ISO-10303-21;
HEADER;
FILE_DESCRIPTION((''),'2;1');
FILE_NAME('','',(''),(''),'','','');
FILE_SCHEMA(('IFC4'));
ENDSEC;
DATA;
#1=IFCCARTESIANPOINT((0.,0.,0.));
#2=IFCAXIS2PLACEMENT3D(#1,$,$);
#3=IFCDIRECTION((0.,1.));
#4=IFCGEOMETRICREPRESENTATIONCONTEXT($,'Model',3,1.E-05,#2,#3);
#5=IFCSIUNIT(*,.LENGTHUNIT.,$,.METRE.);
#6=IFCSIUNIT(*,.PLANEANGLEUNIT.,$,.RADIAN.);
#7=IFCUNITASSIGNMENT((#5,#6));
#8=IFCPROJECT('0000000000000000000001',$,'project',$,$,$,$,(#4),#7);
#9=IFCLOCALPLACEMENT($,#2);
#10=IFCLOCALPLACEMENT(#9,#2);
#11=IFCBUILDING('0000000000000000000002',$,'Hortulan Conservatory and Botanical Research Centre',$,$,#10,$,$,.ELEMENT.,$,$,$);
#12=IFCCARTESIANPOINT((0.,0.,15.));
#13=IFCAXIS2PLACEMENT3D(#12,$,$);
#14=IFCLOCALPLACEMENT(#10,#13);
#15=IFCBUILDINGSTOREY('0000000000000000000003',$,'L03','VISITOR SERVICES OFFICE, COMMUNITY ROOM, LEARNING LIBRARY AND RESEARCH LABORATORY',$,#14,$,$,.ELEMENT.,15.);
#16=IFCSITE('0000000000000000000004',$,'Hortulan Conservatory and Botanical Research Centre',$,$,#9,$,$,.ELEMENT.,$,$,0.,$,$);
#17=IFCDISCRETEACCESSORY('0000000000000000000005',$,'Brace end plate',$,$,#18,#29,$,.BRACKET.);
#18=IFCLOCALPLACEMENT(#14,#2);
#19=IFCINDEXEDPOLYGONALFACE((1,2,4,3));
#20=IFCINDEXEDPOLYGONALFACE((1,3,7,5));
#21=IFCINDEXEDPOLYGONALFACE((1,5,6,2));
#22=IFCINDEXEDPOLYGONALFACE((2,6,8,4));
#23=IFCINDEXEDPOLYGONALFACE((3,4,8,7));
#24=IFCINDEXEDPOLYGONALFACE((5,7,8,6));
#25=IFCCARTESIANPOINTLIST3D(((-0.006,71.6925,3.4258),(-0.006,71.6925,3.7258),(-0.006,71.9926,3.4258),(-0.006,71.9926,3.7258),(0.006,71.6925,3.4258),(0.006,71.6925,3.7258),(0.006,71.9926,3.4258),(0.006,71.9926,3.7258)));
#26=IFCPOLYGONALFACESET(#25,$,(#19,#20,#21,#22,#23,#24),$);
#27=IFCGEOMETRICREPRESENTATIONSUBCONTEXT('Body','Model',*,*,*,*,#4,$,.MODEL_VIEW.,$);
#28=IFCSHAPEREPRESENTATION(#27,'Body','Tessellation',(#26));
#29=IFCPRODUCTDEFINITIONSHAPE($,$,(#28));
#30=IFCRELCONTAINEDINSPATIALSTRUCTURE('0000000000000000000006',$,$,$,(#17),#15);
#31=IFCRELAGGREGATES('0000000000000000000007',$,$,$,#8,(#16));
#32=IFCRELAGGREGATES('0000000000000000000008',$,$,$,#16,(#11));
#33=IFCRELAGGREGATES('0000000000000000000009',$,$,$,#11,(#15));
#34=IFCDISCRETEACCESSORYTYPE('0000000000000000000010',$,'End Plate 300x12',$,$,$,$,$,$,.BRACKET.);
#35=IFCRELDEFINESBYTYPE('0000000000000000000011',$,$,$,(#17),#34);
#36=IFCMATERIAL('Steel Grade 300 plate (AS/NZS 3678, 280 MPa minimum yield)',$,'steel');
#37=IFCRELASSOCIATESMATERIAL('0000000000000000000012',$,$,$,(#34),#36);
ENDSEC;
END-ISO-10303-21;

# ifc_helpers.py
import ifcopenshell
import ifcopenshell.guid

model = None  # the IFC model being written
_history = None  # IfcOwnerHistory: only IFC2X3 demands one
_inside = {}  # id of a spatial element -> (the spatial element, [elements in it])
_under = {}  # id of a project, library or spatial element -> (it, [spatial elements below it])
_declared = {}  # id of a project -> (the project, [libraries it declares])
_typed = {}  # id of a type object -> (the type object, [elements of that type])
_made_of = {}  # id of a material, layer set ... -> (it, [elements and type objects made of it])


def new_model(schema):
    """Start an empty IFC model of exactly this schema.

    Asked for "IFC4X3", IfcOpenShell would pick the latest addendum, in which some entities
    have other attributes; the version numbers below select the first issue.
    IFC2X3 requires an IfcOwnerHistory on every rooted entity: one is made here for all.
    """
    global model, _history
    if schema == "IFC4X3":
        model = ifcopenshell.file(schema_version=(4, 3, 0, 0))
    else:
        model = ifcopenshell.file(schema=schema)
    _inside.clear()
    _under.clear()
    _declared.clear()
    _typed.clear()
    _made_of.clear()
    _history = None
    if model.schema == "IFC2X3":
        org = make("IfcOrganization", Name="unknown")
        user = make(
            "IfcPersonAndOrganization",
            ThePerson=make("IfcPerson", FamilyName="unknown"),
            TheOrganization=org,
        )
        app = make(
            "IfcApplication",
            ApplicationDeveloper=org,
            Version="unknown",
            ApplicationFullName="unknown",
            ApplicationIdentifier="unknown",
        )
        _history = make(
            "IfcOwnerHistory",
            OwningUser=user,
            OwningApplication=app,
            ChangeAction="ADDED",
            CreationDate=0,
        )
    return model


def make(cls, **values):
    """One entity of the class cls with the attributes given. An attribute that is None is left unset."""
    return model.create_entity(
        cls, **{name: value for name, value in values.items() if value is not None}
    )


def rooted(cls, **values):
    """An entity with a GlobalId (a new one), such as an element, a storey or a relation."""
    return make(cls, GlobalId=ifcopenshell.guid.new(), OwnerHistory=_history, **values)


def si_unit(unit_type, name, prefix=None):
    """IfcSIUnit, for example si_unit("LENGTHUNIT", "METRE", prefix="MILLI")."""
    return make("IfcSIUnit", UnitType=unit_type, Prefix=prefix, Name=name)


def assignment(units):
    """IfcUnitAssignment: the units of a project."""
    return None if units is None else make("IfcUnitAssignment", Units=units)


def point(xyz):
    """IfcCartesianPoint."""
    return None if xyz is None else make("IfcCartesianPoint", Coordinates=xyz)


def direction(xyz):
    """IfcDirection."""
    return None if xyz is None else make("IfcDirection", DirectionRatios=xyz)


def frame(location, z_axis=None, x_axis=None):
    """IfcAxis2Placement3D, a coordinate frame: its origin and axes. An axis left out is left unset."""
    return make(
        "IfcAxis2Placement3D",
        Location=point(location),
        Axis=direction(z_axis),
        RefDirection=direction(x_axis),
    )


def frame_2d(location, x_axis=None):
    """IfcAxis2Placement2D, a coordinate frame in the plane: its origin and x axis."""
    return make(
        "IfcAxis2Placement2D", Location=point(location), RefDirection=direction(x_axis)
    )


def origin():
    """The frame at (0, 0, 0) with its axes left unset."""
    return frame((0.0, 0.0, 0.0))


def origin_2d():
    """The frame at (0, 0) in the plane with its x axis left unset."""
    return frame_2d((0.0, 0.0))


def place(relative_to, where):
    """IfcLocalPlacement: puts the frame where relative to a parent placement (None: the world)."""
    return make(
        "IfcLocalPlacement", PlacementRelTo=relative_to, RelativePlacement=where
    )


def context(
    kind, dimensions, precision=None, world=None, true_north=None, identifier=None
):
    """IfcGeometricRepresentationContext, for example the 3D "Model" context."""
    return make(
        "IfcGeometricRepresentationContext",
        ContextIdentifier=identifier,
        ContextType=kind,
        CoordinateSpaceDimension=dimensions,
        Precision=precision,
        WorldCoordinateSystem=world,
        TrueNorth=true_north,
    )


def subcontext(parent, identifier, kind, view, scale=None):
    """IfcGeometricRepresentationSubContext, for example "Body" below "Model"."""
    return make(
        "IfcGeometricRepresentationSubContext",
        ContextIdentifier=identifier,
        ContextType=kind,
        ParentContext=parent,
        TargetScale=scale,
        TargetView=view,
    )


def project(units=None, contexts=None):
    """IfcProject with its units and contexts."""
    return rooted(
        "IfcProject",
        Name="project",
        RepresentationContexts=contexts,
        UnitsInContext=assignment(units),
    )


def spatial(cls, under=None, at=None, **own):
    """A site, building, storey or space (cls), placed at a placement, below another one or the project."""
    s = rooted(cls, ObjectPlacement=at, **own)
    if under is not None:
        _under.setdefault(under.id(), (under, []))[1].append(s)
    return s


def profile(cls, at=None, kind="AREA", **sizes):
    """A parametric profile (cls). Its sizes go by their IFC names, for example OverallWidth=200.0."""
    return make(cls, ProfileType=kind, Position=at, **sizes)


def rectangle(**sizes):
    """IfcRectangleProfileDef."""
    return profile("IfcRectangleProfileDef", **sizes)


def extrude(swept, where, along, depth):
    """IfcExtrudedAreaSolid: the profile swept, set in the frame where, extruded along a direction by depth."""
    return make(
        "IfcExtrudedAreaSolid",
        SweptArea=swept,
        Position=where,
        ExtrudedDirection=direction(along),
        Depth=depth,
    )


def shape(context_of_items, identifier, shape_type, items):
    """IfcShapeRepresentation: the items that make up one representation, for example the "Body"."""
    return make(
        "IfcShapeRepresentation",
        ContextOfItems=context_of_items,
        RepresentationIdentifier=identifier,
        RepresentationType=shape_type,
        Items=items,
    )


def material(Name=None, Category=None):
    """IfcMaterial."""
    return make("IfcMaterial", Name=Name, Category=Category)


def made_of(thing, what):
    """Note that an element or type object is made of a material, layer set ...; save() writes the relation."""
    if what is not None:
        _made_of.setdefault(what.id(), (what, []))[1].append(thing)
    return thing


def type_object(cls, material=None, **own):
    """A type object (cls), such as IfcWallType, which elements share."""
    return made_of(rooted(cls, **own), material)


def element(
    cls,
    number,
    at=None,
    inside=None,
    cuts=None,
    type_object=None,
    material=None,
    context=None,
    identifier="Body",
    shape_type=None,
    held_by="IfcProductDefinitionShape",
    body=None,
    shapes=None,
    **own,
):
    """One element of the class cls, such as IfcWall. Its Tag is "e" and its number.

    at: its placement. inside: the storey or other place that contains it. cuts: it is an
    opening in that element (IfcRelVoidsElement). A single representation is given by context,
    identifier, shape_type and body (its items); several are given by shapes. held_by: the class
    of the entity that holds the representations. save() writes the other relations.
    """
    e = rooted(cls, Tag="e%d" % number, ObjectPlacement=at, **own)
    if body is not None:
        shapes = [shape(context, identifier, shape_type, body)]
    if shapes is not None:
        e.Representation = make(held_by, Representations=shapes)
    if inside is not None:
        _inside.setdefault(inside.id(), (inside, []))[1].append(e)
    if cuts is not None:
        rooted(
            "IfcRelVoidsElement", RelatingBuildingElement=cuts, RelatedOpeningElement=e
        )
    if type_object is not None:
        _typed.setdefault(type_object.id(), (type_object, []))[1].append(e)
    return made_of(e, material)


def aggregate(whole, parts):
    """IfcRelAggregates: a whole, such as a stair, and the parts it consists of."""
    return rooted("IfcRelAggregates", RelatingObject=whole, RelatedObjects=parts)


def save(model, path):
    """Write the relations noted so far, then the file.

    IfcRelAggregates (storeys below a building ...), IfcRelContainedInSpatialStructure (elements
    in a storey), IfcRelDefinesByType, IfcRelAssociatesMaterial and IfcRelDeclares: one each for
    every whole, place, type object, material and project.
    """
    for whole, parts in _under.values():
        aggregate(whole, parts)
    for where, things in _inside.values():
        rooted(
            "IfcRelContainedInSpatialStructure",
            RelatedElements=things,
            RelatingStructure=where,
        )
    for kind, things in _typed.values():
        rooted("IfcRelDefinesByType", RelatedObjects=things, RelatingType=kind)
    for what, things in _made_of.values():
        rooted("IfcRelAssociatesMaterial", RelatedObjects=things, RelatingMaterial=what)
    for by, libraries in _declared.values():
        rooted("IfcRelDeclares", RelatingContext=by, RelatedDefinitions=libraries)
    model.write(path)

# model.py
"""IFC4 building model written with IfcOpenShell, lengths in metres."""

from ifc_helpers import new_model, si_unit, direction, frame, origin, origin_2d, place, context, subcontext, project, spatial, rectangle, extrude, material, type_object, element, save


model = new_model("IFC4")

# Units and contexts
model_context = context("Model", 3, precision=1e-05, world=origin(), true_north=direction((0.0, 1.0)))
body_context = subcontext(model_context, "Body", "Model", "MODEL_VIEW")
ifc_project = project(units=[si_unit("LENGTHUNIT", "METRE"), si_unit("PLANEANGLEUNIT", "RADIAN")], contexts=[model_context])

# Site, building, storey
site_placement = place(None, origin())
site = spatial("IfcSite", under=ifc_project, at=site_placement, Name="Hortulan Conservatory and Botanical Research Centre", CompositionType="ELEMENT", RefElevation=0.0)
building_placement = place(site_placement, origin())
building = spatial("IfcBuilding", under=site, at=building_placement, Name="Hortulan Conservatory and Botanical Research Centre", CompositionType="ELEMENT")
storey_placement = place(building_placement, frame((0.0, 0.0, 15.0)))
storey = spatial("IfcBuildingStorey", under=building, at=storey_placement, Name="L03", Description="VISITOR SERVICES OFFICE, COMMUNITY ROOM, LEARNING LIBRARY AND RESEARCH LABORATORY", CompositionType="ELEMENT", Elevation=15.0)

# Discrete accessory
ifc_material_1 = material(Name="Steel Grade 300 plate (AS/NZS 3678, 280 MPa minimum yield)", Category="steel")
discrete_accessory_type = type_object("IfcDiscreteAccessoryType", Name="End Plate 300x12", PredefinedType="BRACKET", material=ifc_material_1)
discrete_accessory_placement = place(storey_placement, frame((0.0, 71.8425, 3.4258), z_axis=(0.0, 0.0, 1.0), x_axis=(0.0, -1.0, 0.0)))
element("IfcDiscreteAccessory", 1, at=discrete_accessory_placement, inside=storey, type_object=discrete_accessory_type, Name="Brace end plate", PredefinedType="BRACKET", context=body_context, shape_type="SweptSolid", body=[
    extrude(rectangle(XDim=0.3, YDim=0.012, at=origin_2d()), origin(), (0.0, 0.0, 1.0), 0.3),
])

save(model, "model.ifc")
